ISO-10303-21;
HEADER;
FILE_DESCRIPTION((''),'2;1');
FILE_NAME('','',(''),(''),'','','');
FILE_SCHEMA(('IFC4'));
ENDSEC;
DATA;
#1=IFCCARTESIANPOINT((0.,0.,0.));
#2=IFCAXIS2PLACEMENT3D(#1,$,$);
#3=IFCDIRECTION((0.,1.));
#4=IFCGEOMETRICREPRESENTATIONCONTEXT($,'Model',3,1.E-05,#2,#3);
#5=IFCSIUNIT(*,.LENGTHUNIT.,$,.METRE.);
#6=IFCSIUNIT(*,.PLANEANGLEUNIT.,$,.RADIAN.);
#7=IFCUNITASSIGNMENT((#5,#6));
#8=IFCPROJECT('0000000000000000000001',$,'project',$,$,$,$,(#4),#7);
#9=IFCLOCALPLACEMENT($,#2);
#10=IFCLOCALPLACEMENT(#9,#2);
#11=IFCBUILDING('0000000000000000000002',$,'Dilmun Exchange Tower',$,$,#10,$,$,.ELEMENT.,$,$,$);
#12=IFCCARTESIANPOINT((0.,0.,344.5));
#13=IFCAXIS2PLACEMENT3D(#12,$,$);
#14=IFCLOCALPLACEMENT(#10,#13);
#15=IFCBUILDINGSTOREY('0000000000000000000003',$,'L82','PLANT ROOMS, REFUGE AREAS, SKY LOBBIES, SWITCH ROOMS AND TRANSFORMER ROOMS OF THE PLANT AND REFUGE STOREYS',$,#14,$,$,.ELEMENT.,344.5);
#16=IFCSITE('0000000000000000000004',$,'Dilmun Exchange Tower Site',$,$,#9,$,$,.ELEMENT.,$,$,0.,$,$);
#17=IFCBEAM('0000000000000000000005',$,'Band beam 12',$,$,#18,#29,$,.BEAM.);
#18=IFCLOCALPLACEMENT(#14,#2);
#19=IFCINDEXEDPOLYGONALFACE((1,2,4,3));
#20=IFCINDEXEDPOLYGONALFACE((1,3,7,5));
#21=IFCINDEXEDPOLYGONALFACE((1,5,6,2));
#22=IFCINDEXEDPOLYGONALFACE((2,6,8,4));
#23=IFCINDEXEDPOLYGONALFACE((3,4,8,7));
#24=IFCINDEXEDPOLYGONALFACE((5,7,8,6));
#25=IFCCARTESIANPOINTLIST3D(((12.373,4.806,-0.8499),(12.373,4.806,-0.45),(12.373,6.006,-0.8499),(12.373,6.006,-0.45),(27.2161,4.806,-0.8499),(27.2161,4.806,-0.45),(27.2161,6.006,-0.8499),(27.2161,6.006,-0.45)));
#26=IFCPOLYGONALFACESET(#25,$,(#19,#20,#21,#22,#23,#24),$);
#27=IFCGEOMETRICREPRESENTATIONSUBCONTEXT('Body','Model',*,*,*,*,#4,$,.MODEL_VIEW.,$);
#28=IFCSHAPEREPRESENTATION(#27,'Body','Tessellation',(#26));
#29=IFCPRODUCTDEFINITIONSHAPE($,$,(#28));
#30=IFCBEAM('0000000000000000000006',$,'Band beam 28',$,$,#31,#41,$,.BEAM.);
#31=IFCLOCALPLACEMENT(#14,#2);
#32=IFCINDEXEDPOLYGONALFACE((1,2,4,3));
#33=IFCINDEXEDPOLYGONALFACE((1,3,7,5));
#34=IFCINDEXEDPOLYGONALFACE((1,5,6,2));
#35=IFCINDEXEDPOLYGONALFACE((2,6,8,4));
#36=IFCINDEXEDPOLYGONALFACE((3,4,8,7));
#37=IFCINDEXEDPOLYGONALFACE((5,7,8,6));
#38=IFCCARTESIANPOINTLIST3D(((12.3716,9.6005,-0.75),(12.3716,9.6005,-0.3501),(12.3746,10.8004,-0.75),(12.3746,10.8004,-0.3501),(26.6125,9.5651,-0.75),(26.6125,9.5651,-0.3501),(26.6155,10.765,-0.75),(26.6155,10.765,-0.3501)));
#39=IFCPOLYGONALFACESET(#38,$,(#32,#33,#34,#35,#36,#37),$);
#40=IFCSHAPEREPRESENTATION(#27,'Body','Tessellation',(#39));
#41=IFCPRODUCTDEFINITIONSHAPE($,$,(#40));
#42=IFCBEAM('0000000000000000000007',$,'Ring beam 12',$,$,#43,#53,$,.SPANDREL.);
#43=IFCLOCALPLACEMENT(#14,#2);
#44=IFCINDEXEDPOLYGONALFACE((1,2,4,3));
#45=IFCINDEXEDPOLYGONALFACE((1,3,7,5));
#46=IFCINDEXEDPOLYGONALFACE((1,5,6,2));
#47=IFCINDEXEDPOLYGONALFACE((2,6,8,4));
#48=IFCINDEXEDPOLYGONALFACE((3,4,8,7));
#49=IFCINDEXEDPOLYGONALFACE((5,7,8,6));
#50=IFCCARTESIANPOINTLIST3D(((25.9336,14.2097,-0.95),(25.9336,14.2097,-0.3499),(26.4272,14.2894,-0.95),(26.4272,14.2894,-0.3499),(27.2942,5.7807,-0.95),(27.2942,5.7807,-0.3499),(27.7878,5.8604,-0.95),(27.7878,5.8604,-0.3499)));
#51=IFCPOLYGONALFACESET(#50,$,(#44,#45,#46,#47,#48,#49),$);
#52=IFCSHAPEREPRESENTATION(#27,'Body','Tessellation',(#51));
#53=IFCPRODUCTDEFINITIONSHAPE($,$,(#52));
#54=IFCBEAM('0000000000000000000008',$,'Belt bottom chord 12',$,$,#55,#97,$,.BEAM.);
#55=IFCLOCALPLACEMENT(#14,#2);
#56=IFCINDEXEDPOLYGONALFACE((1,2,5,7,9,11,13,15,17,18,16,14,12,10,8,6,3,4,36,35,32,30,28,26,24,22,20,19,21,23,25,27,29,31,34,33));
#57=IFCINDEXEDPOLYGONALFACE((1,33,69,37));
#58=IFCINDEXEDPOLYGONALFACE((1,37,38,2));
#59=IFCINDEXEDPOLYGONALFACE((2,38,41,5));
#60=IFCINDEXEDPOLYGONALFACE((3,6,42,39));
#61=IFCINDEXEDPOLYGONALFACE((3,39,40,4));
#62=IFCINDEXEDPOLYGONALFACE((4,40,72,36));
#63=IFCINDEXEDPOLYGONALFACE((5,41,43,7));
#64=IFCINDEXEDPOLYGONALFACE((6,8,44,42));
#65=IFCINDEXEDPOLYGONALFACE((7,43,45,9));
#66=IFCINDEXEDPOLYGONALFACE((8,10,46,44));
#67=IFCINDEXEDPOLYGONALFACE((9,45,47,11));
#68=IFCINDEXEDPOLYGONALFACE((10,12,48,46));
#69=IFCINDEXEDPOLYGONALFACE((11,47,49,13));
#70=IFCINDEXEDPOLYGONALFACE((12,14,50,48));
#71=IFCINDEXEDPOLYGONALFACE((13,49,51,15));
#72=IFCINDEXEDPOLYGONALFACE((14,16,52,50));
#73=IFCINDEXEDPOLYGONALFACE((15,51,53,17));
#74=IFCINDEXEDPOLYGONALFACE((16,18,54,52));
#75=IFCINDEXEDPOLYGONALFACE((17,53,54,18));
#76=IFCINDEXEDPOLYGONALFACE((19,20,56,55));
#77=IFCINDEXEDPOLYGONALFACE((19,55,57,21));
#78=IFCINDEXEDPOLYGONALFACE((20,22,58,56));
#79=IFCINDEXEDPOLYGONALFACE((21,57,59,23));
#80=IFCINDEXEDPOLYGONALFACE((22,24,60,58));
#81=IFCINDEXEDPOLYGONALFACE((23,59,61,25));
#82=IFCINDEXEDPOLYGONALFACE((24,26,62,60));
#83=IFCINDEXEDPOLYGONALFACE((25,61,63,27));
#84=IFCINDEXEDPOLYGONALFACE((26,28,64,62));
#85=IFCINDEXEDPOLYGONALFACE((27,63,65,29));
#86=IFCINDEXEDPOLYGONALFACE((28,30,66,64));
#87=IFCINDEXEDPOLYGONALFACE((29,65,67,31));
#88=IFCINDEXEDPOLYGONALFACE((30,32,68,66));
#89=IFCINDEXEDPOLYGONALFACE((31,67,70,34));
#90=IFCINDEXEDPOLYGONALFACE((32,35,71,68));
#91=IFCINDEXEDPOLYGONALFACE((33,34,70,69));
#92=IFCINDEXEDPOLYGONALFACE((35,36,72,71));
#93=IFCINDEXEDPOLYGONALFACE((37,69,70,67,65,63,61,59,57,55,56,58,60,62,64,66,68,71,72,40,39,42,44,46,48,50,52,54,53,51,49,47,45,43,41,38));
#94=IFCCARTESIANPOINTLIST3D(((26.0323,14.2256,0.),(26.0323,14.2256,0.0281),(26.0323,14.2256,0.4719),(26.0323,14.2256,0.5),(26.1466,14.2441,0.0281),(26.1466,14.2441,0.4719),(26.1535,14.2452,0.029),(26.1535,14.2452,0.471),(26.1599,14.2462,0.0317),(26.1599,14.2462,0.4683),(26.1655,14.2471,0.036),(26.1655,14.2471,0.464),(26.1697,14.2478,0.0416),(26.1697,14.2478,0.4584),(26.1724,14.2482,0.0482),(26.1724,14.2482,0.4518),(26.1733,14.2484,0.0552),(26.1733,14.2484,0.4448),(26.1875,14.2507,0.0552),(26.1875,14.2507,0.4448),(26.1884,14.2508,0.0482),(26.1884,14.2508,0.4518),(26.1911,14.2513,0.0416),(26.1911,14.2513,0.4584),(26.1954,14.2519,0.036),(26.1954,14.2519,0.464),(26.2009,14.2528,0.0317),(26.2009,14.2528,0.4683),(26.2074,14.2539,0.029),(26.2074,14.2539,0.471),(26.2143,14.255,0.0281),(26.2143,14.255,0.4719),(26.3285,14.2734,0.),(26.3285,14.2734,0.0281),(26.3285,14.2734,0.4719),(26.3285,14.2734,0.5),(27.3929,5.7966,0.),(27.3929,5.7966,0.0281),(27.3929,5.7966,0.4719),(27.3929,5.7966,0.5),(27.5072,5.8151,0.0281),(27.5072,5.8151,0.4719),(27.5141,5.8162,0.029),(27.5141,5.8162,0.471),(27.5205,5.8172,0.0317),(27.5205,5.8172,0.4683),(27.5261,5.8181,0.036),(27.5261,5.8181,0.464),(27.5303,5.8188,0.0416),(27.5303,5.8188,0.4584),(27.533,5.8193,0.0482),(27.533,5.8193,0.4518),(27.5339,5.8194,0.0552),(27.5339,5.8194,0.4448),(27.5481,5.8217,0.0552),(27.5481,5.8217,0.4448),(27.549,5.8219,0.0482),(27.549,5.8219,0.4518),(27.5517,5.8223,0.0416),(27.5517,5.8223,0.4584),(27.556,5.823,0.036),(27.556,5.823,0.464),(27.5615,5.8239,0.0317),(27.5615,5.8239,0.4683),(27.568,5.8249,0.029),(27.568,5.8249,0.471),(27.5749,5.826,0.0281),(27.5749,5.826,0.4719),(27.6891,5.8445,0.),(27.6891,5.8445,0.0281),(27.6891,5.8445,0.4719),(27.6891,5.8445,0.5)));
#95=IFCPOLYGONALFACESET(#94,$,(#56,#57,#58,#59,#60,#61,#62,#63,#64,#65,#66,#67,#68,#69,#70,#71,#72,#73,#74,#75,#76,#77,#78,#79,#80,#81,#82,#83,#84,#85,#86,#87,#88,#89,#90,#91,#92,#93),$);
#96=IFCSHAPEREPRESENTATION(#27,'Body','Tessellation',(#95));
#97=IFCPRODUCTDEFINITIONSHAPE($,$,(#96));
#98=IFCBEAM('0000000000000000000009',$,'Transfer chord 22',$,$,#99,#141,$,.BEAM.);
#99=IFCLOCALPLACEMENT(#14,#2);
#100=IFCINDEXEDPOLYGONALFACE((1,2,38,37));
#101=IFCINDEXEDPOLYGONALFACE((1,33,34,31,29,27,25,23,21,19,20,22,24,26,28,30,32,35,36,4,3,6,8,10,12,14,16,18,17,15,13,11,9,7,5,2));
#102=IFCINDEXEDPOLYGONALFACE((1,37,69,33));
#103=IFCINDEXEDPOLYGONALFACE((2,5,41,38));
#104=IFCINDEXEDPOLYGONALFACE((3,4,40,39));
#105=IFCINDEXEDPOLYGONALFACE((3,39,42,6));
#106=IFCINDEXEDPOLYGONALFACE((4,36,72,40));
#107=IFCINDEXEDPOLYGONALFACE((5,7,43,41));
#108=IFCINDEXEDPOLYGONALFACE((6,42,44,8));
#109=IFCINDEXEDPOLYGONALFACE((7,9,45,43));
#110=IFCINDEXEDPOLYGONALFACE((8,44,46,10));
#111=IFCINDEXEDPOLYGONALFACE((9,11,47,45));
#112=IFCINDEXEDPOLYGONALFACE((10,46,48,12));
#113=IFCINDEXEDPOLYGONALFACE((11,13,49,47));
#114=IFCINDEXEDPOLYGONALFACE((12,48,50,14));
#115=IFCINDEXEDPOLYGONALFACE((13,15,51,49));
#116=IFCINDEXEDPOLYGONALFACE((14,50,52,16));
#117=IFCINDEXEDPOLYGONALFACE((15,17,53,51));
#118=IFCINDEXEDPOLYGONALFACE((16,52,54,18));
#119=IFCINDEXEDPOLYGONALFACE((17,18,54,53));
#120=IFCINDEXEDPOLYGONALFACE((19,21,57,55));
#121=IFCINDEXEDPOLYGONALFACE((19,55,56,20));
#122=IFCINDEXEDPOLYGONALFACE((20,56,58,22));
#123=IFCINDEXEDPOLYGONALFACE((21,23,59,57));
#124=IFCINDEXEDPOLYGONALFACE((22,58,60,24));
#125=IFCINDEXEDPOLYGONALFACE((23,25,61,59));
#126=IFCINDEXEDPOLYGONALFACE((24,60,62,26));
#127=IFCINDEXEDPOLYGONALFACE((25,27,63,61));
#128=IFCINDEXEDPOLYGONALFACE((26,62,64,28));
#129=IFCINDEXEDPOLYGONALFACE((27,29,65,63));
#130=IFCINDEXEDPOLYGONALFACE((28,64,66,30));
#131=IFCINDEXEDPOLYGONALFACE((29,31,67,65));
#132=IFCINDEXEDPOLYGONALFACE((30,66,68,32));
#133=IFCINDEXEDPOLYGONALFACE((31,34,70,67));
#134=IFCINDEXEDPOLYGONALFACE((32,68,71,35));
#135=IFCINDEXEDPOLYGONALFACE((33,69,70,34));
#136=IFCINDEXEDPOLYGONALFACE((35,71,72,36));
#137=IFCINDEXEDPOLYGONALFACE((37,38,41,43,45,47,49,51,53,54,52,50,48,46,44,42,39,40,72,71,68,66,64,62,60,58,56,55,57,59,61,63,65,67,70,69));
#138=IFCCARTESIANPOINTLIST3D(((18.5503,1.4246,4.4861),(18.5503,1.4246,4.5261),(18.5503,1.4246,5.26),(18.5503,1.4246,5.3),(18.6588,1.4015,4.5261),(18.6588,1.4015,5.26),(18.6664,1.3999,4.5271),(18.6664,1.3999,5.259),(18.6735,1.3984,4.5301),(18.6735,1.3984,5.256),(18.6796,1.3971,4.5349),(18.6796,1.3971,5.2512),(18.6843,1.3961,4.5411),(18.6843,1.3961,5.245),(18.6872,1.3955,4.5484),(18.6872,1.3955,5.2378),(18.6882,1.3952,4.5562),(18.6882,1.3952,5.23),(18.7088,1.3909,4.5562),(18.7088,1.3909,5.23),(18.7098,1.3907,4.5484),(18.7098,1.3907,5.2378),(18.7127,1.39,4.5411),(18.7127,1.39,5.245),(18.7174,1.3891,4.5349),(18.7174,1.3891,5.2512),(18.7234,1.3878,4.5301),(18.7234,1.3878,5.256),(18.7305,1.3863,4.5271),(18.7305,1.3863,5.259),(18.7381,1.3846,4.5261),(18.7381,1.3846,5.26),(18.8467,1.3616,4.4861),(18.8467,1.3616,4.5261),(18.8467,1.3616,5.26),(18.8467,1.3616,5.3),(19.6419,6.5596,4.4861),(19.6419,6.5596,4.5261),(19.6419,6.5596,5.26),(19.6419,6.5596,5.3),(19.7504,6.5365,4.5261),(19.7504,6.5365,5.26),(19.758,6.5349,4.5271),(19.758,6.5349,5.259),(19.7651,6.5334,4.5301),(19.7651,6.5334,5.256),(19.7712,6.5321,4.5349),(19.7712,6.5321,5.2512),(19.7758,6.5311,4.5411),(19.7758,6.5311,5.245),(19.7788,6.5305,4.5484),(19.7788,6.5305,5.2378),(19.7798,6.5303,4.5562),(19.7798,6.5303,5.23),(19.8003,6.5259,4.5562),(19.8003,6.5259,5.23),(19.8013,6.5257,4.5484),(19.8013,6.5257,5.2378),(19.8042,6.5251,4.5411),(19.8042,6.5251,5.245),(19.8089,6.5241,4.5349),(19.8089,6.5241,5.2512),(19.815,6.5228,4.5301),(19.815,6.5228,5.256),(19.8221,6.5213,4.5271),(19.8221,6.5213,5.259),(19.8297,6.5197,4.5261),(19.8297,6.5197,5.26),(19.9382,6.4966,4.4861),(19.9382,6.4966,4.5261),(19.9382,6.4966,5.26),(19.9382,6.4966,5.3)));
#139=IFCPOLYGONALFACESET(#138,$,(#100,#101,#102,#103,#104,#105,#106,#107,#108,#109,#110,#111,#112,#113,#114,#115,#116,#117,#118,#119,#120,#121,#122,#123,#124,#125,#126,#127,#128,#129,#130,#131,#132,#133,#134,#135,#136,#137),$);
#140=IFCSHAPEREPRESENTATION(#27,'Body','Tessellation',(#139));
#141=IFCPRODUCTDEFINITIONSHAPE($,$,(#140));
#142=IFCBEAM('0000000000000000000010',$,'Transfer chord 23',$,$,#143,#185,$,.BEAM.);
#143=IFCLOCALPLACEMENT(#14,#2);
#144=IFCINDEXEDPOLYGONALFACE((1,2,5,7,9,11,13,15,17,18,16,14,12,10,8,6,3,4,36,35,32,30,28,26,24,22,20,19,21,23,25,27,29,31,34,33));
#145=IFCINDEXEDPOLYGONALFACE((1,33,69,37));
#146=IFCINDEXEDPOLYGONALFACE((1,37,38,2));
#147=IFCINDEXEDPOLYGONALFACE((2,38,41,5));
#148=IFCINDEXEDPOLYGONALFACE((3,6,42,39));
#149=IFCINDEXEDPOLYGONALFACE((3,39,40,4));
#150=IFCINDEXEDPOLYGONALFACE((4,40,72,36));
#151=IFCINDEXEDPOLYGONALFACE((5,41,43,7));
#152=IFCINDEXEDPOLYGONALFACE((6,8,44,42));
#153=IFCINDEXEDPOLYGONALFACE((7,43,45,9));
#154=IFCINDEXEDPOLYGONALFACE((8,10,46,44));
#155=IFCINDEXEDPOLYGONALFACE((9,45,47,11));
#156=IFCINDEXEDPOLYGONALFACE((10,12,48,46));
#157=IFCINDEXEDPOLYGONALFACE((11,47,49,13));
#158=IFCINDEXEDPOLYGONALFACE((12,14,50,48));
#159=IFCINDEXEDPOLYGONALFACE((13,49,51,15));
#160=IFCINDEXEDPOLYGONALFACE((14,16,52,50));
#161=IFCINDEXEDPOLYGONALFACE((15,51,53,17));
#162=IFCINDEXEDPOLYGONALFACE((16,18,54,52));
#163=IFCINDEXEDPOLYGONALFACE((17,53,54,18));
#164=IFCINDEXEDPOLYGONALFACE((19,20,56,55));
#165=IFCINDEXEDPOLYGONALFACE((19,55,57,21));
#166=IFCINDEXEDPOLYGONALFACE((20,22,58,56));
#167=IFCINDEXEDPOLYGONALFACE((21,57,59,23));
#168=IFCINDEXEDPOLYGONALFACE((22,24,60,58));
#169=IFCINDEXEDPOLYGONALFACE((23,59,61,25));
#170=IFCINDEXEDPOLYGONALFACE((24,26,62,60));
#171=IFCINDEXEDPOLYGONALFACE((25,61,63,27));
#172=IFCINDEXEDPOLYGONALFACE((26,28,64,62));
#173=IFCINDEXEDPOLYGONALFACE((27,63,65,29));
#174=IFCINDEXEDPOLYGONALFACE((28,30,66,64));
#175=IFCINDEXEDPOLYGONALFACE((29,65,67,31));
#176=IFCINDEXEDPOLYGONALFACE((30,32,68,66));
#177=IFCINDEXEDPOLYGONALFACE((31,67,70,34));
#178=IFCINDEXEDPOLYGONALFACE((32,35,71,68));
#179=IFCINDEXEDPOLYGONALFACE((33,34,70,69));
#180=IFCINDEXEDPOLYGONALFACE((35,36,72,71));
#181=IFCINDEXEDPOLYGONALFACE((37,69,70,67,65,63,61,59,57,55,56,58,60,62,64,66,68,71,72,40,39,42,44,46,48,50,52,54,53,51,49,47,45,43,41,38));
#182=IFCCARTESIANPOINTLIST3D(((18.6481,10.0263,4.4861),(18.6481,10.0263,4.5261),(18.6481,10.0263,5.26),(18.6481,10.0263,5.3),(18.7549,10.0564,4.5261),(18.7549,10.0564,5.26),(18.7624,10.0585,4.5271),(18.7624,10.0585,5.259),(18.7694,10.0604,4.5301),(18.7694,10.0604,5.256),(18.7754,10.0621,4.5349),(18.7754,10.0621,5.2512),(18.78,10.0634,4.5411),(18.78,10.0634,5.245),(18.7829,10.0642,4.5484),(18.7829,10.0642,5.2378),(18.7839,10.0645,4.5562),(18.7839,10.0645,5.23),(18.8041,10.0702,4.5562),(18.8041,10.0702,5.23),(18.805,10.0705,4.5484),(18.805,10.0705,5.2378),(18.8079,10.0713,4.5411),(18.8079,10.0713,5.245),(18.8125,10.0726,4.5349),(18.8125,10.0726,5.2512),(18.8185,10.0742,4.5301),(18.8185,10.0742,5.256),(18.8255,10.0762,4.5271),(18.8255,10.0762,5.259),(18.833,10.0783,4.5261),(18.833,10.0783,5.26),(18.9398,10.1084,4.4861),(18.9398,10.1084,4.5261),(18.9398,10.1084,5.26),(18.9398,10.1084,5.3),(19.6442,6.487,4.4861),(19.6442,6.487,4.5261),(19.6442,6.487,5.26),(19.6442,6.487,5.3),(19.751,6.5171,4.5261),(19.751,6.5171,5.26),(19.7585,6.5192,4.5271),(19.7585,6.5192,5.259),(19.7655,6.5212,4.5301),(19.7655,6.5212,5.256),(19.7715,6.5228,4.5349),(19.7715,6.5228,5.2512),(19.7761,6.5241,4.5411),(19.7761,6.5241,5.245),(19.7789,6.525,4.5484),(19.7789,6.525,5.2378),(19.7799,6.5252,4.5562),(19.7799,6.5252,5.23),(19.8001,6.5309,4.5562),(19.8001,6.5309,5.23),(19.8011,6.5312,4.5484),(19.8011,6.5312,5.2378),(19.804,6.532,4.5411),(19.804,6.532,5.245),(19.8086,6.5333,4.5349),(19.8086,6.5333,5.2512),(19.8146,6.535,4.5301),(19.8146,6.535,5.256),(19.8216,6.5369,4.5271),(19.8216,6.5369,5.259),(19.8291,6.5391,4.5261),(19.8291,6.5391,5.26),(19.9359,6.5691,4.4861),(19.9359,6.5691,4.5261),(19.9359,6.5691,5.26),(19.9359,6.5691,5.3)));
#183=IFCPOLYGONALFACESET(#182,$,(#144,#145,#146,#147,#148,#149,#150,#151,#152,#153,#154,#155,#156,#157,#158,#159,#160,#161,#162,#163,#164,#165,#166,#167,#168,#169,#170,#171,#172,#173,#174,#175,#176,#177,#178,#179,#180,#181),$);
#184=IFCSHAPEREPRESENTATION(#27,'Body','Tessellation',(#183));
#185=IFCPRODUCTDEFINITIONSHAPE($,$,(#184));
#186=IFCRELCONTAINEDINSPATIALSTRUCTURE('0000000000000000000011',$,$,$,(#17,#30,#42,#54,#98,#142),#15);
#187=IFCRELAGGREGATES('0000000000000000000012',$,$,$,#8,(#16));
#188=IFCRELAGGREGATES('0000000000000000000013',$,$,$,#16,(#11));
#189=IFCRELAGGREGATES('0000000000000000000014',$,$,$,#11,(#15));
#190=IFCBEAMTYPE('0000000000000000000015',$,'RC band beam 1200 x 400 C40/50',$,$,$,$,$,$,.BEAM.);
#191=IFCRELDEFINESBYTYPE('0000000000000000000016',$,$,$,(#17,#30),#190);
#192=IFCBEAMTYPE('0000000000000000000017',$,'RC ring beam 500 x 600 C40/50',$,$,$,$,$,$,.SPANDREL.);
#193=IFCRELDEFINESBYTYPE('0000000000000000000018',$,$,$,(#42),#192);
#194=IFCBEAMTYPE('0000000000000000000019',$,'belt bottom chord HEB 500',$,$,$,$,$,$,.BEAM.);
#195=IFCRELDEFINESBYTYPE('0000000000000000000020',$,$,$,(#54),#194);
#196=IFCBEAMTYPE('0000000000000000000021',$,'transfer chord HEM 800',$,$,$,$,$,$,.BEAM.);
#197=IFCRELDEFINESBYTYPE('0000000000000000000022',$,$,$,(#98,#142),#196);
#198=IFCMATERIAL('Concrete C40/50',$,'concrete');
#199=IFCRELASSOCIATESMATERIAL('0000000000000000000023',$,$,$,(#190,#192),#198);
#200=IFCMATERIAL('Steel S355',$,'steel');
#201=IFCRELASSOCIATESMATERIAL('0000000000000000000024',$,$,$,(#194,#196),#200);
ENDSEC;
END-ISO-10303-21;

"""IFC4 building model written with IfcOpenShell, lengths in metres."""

from ifc_helpers import new_model, si_unit, direction, frame, origin, origin_2d, place, context, subcontext, project, spatial, rectangle, i_section, extrude, material, material_profile, profile_set, type_object, element, save


model = new_model("IFC4")

# Units and contexts
model_context = context("Model", 3, precision=1e-05, world=origin(), true_north=direction((0.0, 1.0)))
body_context = subcontext(model_context, "Body", "Model", "MODEL_VIEW")
ifc_project = project(units=[si_unit("LENGTHUNIT", "METRE"), si_unit("PLANEANGLEUNIT", "RADIAN")], contexts=[model_context])

# Site, building, storey
site_placement = place(None, origin())
site = spatial("IfcSite", under=ifc_project, at=site_placement, Name="Dilmun Exchange Tower Site", CompositionType="ELEMENT", RefElevation=0.0)
building_placement = place(site_placement, origin())
building = spatial("IfcBuilding", under=site, at=building_placement, Name="Dilmun Exchange Tower", CompositionType="ELEMENT")
storey_placement = place(building_placement, frame((0.0, 0.0, 344.5)))
storey = spatial("IfcBuildingStorey", under=building, at=storey_placement, Name="L82", Description="PLANT ROOMS, REFUGE AREAS, SKY LOBBIES, SWITCH ROOMS AND TRANSFORMER ROOMS OF THE PLANT AND REFUGE STOREYS", CompositionType="ELEMENT", Elevation=344.5)

# Beams
ifc_material_1 = material(Name="Concrete C40/50", Category="concrete")
ifc_material_profile_1 = material_profile(ifc_material_1, rectangle(XDim=1.2, YDim=0.3999, at=origin_2d()), Name="1200 x 400")
ifc_profile_set_1 = profile_set([ifc_material_profile_1], Name="Concrete C40/50")
beam_type_1 = type_object("IfcBeamType", Name="RC band beam 1200 x 400 C40/50", PredefinedType="BEAM", material=ifc_profile_set_1)
beam_1_placement = place(storey_placement, frame((27.2161, 5.406, -0.6499), z_axis=(-1.0, 0.0, 0.0), x_axis=(0.0, -1.0, 0.0)))
element("IfcBeam", 1, at=beam_1_placement, inside=storey, type_object=beam_type_1, Name="Band beam 12", PredefinedType="BEAM", context=body_context, shape_type="SweptSolid", body=[
    extrude(rectangle(XDim=1.2, YDim=0.3999, at=origin_2d()), origin(), (0.0, 0.0, 1.0), 14.843),
])
beam_2_placement = place(storey_placement, frame((26.614, 10.165, -0.55), z_axis=(-0.999997, 0.002486, 0.0), x_axis=(-0.002486, -0.999997, 0.0)))
element("IfcBeam", 2, at=beam_2_placement, inside=storey, type_object=beam_type_1, Name="Band beam 28", PredefinedType="BEAM", context=body_context, shape_type="SweptSolid", body=[
    extrude(rectangle(XDim=1.2, YDim=0.3999, at=origin_2d()), origin(), (0.0, 0.0, 1.0), 14.241),
])
ifc_material_profile_2 = material_profile(ifc_material_1, rectangle(XDim=0.5, YDim=0.6001, at=origin_2d()), Name="500 x 600")
ifc_profile_set_2 = profile_set([ifc_material_profile_2], Name="Concrete C40/50")
beam_type_2 = type_object("IfcBeamType", Name="RC ring beam 500 x 600 C40/50", PredefinedType="SPANDREL", material=ifc_profile_set_2)
beam_3_placement = place(storey_placement, frame((27.541, 5.8206, -0.6499), z_axis=(-0.159357, 0.987221, 0.0), x_axis=(-0.987221, -0.159357, 0.0)))
element("IfcBeam", 3, at=beam_3_placement, inside=storey, type_object=beam_type_2, Name="Ring beam 12", PredefinedType="SPANDREL", context=body_context, shape_type="SweptSolid", body=[
    extrude(rectangle(XDim=0.5, YDim=0.6001, at=origin_2d()), origin(), (0.0, 0.0, 1.0), 8.5381),
])
ifc_material_2 = material(Name="Steel S355", Category="steel")
ifc_material_profile_3 = material_profile(ifc_material_2, i_section(OverallWidth=0.3, OverallDepth=0.5, WebThickness=0.0144, FlangeThickness=0.0281, FilletRadius=0.0271, at=origin_2d()), Name="HEB 500")
ifc_profile_set_3 = profile_set([ifc_material_profile_3], Name="Steel S355")
beam_type_3 = type_object("IfcBeamType", Name="belt bottom chord HEB 500", PredefinedType="BEAM", material=ifc_profile_set_3)
beam_4_placement = place(storey_placement, frame((27.541, 5.8206, 0.25), z_axis=(-0.159357, 0.987221, 0.0), x_axis=(-0.987221, -0.159357, 0.0)))
element("IfcBeam", 4, at=beam_4_placement, inside=storey, type_object=beam_type_3, Name="Belt bottom chord 12", PredefinedType="BEAM", context=body_context, shape_type="SweptSolid", body=[
    extrude(i_section(OverallWidth=0.3, OverallDepth=0.5, WebThickness=0.0144, FlangeThickness=0.0281, FilletRadius=0.0271, at=origin_2d()), origin(), (0.0, 0.0, 1.0), 8.5381),
])
ifc_material_profile_4 = material_profile(ifc_material_2, i_section(OverallWidth=0.303, OverallDepth=0.814, WebThickness=0.021, FlangeThickness=0.04, FilletRadius=0.03, at=origin_2d()), Name="HEM 800")
ifc_profile_set_4 = profile_set([ifc_material_profile_4], Name="Steel S355")
beam_type_4 = type_object("IfcBeamType", Name="transfer chord HEM 800", PredefinedType="BEAM", material=ifc_profile_set_4)
beam_5_placement = place(storey_placement, frame((18.6985, 1.3931, 4.8931), z_axis=(0.207925, 0.978145, 0.0), x_axis=(-0.978145, 0.207925, 0.0)))
element("IfcBeam", 5, at=beam_5_placement, inside=storey, type_object=beam_type_4, Name="Transfer chord 22", PredefinedType="BEAM", context=body_context, shape_type="SweptSolid", body=[
    extrude(i_section(OverallWidth=0.303, OverallDepth=0.814, WebThickness=0.021, FlangeThickness=0.04, FilletRadius=0.03, at=origin_2d()), origin(), (0.0, 0.0, 1.0), 5.2498),
])
beam_6_placement = place(storey_placement, frame((19.79, 6.5281, 4.8931), z_axis=(-0.270913, 0.962604, 0.0), x_axis=(-0.962604, -0.270913, 0.0)))
element("IfcBeam", 6, at=beam_6_placement, inside=storey, type_object=beam_type_4, Name="Transfer chord 23", PredefinedType="BEAM", context=body_context, shape_type="SweptSolid", body=[
    extrude(i_section(OverallWidth=0.303, OverallDepth=0.814, WebThickness=0.021, FlangeThickness=0.04, FilletRadius=0.03, at=origin_2d()), origin(), (0.0, 0.0, 1.0), 3.6768),
])

save(model, "model.ifc")
